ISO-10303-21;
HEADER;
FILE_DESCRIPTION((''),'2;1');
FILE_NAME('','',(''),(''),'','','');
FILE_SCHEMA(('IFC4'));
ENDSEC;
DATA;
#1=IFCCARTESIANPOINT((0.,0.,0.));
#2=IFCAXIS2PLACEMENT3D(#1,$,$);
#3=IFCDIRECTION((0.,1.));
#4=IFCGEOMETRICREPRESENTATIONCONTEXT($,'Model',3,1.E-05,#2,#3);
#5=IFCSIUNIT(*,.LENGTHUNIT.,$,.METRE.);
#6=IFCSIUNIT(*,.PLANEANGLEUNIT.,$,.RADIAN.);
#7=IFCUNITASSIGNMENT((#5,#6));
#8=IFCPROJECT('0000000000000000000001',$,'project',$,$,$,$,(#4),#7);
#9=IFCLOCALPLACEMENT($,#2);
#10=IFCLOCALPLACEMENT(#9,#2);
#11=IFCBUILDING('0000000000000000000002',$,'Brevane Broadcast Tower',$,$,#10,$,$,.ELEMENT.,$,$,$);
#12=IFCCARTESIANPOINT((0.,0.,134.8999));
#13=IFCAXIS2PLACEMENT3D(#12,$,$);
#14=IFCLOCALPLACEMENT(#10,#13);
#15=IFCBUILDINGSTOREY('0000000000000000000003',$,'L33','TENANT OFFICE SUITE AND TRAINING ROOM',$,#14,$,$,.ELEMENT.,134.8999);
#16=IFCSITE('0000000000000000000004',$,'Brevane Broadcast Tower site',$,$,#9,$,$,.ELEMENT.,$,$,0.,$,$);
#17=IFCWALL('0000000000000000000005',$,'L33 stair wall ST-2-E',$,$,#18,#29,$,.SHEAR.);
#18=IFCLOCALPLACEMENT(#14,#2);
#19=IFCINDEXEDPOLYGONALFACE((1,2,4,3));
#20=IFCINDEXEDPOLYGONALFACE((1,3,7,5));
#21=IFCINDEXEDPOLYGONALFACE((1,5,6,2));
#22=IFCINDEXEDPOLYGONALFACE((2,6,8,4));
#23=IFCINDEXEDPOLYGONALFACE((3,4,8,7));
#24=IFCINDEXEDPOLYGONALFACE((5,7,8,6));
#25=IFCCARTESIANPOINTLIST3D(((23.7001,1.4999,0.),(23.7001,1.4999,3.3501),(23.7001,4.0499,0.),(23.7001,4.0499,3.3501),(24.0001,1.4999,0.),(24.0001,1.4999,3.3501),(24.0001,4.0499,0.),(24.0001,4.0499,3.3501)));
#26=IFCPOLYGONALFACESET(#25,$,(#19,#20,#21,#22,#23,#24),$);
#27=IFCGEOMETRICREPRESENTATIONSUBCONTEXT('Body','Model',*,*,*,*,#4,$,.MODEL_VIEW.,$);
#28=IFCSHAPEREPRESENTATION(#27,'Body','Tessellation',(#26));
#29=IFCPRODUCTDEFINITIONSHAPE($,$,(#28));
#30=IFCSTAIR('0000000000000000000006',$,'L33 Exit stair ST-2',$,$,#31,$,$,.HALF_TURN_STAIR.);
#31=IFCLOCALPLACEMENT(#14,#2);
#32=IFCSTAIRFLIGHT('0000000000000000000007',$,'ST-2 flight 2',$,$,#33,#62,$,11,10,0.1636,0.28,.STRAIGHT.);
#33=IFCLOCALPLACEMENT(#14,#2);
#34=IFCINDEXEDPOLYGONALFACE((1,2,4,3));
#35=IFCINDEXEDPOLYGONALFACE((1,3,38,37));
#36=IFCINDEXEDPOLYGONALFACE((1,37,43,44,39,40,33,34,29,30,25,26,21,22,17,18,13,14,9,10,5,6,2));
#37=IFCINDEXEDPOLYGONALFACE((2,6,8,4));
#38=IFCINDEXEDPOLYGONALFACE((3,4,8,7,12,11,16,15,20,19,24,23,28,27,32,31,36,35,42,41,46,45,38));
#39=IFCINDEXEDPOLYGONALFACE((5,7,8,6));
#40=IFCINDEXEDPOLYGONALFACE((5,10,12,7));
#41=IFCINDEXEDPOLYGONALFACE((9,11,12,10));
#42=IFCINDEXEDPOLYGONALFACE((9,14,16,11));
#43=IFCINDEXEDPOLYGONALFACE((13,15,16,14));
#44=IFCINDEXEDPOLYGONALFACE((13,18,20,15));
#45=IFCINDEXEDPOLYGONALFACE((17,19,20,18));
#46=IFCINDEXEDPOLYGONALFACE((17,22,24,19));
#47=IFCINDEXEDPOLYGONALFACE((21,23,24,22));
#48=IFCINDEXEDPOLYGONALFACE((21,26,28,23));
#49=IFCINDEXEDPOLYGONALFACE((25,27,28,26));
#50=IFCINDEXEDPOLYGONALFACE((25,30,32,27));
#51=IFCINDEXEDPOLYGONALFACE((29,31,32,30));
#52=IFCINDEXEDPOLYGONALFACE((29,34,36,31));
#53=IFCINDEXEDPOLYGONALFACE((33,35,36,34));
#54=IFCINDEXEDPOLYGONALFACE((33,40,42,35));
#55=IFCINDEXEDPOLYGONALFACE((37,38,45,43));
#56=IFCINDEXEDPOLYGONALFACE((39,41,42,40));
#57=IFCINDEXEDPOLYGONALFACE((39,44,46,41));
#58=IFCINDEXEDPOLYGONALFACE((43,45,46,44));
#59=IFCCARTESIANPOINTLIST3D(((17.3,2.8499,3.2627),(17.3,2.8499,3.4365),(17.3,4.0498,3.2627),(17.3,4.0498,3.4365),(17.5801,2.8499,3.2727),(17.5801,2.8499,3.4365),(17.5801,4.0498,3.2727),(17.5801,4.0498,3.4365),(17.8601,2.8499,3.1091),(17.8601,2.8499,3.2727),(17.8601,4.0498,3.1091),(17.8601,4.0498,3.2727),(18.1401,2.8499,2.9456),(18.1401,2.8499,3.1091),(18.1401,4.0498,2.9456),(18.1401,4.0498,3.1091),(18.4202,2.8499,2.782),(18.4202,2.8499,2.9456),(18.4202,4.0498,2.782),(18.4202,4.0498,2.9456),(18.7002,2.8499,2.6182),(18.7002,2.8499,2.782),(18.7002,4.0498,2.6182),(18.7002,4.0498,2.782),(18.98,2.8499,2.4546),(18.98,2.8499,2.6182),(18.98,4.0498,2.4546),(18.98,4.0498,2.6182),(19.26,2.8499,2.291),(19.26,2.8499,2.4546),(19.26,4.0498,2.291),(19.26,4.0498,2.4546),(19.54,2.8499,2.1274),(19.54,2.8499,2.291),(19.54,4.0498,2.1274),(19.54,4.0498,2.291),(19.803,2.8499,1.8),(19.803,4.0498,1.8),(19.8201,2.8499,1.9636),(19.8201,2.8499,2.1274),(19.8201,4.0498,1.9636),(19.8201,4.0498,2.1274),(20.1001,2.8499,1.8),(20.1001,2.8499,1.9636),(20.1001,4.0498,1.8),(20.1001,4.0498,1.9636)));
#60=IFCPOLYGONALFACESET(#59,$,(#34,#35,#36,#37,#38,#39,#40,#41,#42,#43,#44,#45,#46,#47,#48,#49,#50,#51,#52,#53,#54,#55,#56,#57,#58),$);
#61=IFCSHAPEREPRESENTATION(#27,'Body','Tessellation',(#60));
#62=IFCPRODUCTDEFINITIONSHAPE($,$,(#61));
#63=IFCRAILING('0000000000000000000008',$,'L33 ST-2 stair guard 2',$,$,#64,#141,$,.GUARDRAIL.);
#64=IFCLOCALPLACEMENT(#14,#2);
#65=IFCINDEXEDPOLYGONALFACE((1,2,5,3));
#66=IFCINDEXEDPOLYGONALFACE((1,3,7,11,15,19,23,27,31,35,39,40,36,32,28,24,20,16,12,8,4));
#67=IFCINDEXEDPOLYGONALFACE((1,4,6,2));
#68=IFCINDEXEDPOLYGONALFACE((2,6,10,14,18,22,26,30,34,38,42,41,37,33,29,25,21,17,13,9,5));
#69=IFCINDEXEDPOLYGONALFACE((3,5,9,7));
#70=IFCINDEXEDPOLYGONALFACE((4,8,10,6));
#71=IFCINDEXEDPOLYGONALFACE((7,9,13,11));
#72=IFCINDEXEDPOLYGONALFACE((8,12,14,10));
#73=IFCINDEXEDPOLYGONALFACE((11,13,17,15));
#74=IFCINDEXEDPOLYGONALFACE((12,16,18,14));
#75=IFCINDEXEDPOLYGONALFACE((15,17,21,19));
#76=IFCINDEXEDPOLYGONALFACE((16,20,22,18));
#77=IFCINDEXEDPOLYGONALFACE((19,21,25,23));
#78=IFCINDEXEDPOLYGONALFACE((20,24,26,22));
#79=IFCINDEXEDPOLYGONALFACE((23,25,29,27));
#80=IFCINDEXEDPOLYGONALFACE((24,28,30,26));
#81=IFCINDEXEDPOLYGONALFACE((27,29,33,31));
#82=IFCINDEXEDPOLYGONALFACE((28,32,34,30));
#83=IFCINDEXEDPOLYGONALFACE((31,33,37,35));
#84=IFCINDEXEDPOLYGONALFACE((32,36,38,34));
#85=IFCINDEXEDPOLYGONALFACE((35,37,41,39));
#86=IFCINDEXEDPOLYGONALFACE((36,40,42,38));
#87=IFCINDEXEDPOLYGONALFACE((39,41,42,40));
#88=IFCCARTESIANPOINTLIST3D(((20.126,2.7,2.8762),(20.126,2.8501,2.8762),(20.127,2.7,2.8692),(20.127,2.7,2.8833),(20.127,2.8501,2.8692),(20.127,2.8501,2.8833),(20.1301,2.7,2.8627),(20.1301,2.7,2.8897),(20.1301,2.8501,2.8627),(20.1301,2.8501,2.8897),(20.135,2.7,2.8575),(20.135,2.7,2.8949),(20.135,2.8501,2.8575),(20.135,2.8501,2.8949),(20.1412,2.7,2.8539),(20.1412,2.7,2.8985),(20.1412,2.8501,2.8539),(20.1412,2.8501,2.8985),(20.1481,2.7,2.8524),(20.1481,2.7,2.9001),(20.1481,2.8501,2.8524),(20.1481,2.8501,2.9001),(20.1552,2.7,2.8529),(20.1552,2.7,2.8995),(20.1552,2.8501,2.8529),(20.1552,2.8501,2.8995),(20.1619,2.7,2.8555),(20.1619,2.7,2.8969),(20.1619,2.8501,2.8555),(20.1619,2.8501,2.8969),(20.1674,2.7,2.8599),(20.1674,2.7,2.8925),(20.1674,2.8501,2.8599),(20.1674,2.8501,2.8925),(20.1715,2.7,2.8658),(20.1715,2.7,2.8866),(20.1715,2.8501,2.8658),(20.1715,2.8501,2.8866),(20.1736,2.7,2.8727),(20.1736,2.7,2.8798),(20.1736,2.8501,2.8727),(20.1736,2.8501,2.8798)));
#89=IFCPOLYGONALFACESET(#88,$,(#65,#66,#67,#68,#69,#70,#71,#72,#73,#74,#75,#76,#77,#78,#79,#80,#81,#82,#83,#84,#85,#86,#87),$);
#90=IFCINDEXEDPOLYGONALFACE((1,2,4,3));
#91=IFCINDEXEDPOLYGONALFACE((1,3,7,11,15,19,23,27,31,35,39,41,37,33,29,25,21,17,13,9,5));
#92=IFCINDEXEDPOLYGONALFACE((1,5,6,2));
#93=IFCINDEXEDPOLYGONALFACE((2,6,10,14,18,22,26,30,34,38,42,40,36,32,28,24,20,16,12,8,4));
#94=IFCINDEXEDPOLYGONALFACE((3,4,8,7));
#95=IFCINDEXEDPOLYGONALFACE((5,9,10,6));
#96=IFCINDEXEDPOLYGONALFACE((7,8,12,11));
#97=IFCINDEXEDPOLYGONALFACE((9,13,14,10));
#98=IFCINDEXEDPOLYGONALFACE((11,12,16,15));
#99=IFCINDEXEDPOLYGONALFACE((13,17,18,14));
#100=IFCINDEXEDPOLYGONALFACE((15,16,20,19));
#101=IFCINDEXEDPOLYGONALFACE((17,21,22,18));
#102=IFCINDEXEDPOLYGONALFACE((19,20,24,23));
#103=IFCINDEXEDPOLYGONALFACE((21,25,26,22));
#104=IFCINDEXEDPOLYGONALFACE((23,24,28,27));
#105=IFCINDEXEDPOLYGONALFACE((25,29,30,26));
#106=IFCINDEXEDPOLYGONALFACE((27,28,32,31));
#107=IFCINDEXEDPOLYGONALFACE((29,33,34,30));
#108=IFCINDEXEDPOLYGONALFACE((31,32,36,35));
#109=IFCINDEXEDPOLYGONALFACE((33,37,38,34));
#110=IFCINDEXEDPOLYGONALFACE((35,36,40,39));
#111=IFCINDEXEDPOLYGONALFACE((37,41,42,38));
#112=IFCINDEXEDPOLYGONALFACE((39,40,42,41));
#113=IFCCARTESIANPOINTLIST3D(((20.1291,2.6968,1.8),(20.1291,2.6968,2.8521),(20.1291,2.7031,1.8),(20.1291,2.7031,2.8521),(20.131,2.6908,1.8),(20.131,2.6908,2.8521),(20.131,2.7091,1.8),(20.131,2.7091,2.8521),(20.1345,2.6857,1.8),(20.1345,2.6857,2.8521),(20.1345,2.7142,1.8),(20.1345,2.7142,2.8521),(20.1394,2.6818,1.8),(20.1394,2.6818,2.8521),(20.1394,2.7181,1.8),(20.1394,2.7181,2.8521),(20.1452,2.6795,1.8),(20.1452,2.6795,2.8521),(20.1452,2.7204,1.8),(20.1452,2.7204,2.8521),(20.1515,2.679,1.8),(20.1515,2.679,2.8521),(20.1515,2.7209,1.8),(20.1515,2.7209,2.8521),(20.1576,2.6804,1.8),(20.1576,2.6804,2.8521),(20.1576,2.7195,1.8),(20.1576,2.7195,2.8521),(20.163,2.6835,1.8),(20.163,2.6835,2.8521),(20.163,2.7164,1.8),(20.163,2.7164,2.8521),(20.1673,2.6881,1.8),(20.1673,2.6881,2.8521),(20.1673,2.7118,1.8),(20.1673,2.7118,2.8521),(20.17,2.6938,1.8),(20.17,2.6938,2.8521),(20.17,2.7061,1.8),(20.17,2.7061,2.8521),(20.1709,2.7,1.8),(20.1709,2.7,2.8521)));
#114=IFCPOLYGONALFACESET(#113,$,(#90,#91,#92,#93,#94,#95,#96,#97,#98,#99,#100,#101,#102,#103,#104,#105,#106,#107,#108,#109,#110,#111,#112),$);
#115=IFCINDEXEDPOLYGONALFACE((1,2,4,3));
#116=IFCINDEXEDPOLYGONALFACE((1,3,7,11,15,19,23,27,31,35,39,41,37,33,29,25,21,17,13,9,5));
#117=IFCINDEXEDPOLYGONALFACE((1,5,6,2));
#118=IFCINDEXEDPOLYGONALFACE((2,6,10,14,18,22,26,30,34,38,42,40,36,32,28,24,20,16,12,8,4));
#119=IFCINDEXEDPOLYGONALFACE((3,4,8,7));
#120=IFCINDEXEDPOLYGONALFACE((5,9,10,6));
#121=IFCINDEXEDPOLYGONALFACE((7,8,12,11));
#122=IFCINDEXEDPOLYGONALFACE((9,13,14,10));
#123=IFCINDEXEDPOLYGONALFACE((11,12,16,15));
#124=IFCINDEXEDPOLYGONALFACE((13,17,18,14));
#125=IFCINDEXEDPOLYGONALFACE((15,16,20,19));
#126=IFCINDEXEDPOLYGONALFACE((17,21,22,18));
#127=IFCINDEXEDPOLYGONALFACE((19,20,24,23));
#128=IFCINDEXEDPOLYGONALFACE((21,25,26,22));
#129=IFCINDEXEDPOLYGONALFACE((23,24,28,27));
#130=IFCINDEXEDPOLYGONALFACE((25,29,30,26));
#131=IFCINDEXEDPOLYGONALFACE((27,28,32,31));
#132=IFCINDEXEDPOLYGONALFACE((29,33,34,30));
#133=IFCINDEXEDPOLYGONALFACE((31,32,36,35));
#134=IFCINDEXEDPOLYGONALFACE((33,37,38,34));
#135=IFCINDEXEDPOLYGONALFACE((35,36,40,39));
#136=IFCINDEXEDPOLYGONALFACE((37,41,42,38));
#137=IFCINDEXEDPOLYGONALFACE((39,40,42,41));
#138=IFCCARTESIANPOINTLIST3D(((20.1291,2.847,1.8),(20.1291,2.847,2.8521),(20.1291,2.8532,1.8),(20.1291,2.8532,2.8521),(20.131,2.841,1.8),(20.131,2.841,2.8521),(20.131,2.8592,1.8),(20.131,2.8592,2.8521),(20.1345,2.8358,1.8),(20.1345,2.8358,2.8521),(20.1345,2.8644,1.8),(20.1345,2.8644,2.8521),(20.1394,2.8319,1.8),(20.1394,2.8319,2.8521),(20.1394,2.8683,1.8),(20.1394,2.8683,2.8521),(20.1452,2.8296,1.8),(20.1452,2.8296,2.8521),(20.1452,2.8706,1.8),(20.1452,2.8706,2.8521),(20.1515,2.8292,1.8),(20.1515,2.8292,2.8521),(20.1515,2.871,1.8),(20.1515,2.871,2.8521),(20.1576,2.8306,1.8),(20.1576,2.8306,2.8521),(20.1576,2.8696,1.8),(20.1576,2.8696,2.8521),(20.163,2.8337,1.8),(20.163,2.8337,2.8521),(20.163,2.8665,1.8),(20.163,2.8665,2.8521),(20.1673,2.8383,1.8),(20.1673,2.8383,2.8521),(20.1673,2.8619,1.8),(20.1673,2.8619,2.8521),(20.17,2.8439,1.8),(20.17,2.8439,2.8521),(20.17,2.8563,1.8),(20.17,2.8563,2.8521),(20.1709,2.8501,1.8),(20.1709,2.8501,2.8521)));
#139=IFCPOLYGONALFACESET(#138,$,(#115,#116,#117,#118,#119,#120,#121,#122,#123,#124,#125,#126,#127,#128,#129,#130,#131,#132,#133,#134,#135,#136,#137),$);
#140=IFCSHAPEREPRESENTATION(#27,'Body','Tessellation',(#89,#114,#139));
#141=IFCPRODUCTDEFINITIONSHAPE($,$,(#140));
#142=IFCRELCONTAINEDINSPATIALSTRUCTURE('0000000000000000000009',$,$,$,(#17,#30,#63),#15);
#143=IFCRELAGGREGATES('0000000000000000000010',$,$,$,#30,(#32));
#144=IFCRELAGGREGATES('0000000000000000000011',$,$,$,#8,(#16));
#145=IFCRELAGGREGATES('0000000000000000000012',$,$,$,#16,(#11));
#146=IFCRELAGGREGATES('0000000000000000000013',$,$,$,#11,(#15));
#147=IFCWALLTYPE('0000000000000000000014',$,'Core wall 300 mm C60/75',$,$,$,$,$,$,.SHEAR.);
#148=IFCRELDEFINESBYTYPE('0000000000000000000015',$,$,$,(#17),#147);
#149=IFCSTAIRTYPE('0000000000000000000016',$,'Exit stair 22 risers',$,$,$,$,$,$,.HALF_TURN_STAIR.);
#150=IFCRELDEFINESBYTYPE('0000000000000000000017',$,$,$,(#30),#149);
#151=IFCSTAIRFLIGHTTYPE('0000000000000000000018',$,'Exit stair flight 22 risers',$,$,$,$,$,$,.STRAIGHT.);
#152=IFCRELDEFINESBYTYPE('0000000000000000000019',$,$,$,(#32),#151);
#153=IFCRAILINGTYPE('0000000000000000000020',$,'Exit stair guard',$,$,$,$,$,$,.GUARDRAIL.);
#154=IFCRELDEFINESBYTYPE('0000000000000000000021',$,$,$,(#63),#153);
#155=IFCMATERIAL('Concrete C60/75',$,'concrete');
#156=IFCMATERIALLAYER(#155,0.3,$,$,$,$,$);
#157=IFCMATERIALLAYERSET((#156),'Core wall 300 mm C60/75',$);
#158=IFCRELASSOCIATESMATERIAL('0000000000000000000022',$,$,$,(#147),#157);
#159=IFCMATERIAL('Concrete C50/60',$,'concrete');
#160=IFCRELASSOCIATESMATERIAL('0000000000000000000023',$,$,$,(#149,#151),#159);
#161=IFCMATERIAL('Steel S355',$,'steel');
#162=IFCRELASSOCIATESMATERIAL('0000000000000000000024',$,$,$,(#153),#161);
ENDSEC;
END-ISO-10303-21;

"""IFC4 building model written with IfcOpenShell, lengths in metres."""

from ifc_helpers import new_model, si_unit, direction, frame, frame_2d, origin, origin_2d, place, context, subcontext, project, spatial, polyline, rectangle, circle, outline, extrude, material, layer, layer_set, type_object, element, aggregate, save


model = new_model("IFC4")

# Units and contexts
model_context = context("Model", 3, precision=1e-05, world=origin(), true_north=direction((0.0, 1.0)))
body_context = subcontext(model_context, "Body", "Model", "MODEL_VIEW")
ifc_project = project(units=[si_unit("LENGTHUNIT", "METRE"), si_unit("PLANEANGLEUNIT", "RADIAN")], contexts=[model_context])

# Site, building, storey
site_placement = place(None, origin())
site = spatial("IfcSite", under=ifc_project, at=site_placement, Name="Brevane Broadcast Tower site", CompositionType="ELEMENT", RefElevation=0.0)
building_placement = place(site_placement, origin())
building = spatial("IfcBuilding", under=site, at=building_placement, Name="Brevane Broadcast Tower", CompositionType="ELEMENT")
storey_placement = place(building_placement, frame((0.0, 0.0, 134.8999)))
storey = spatial("IfcBuildingStorey", under=building, at=storey_placement, Name="L33", Description="TENANT OFFICE SUITE AND TRAINING ROOM", CompositionType="ELEMENT", Elevation=134.8999)

# Wall
ifc_material_1 = material(Name="Concrete C60/75", Category="concrete")
ifc_layer_1 = layer(ifc_material_1, 0.3)
ifc_layer_set_1 = layer_set([ifc_layer_1], Name="Core wall 300 mm C60/75")
wall_type_1 = type_object("IfcWallType", Name="Core wall 300 mm C60/75", PredefinedType="SHEAR", material=ifc_layer_set_1)
wall_1_placement = place(storey_placement, frame((23.8501, 1.5, 0.0), z_axis=(0.0, 0.0, 1.0), x_axis=(0.0, 1.0, 0.0)))
element("IfcWall", 1, at=wall_1_placement, inside=storey, type_object=wall_type_1, Name="L33 stair wall ST-2-E", PredefinedType="SHEAR", context=body_context, shape_type="SweptSolid", body=[
    extrude(rectangle(XDim=2.55, YDim=0.3, at=frame_2d((1.2749, 0.0))), origin(), (0.0, 0.0, 1.0), 3.3501),
])

# Stair, stair flight
ifc_material_2 = material(Name="Concrete C50/60", Category="concrete")
stair_type = type_object("IfcStairType", Name="Exit stair 22 risers", PredefinedType="HALF_TURN_STAIR", material=ifc_material_2)
stair_placement = place(storey_placement, origin())
stair = element("IfcStair", 2, at=stair_placement, inside=storey, type_object=stair_type, Name="L33 Exit stair ST-2", PredefinedType="HALF_TURN_STAIR")
stair_flight_type = type_object("IfcStairFlightType", Name="Exit stair flight 22 risers", PredefinedType="STRAIGHT", material=ifc_material_2)
stair_flight_placement = place(storey_placement, frame((20.1001, 3.45, 1.8), z_axis=(0.0, 0.0, 1.0), x_axis=(-1.0, 0.0, 0.0)))
stair_flight = element("IfcStairFlight", 3, at=stair_flight_placement, type_object=stair_flight_type, Name="ST-2 flight 2", NumberOfRisers=11, NumberOfTreads=10, PredefinedType="STRAIGHT", RiserHeight=0.1636, TreadLength=0.28, context=body_context, shape_type="SweptSolid", body=[
    extrude(outline(polyline([(0.0, 0.0), (0.0, 0.1636), (0.28, 0.1636), (0.28, 0.3274), (0.5601, 0.3274), (0.5601, 0.491), (0.8401, 0.491), (0.8401, 0.6545), (1.1201, 0.6545), (1.1201, 0.8181), (1.3999, 0.8181), (1.3999, 0.9819), (1.6799, 0.9819), (1.6799, 1.1455), (1.96, 1.1455), (1.96, 1.3091), (2.24, 1.3091), (2.24, 1.4727), (2.52, 1.4727), (2.52, 1.6365), (2.8, 1.6365), (2.8, 1.8), (2.8, 1.4626), (0.2971, 0.0), (0.0, 0.0)])), frame((0.0, 0.6001, 0.0), z_axis=(0.0, -1.0, 0.0), x_axis=(1.0, 0.0, 0.0)), (0.0, 0.0, 1.0), 1.2),
])
aggregate(stair, [stair_flight])

# Railing
ifc_material_3 = material(Name="Steel S355", Category="steel")
railing_type_1 = type_object("IfcRailingType", Name="Exit stair guard", PredefinedType="GUARDRAIL", material=ifc_material_3)
railing_1_placement = place(storey_placement, frame((20.1499, 2.7, 1.8)))
element("IfcRailing", 4, at=railing_1_placement, inside=storey, type_object=railing_type_1, Name="L33 ST-2 stair guard 2", PredefinedType="GUARDRAIL", context=body_context, shape_type="SweptSolid", body=[
    extrude(circle(Radius=0.0239, at=origin_2d()), frame((0.0, 0.0, 1.0762), z_axis=(0.0, 1.0, 0.0), x_axis=(-1.0, 0.0, 0.0)), (0.0, 0.0, 1.0), 0.1501),
    extrude(circle(Radius=0.021, at=origin_2d()), origin(), (0.0, 0.0, 1.0), 1.052),
    extrude(circle(Radius=0.021, at=origin_2d()), frame((0.0, 0.1501, 0.0)), (0.0, 0.0, 1.0), 1.052),
])

save(model, "model.ifc")
